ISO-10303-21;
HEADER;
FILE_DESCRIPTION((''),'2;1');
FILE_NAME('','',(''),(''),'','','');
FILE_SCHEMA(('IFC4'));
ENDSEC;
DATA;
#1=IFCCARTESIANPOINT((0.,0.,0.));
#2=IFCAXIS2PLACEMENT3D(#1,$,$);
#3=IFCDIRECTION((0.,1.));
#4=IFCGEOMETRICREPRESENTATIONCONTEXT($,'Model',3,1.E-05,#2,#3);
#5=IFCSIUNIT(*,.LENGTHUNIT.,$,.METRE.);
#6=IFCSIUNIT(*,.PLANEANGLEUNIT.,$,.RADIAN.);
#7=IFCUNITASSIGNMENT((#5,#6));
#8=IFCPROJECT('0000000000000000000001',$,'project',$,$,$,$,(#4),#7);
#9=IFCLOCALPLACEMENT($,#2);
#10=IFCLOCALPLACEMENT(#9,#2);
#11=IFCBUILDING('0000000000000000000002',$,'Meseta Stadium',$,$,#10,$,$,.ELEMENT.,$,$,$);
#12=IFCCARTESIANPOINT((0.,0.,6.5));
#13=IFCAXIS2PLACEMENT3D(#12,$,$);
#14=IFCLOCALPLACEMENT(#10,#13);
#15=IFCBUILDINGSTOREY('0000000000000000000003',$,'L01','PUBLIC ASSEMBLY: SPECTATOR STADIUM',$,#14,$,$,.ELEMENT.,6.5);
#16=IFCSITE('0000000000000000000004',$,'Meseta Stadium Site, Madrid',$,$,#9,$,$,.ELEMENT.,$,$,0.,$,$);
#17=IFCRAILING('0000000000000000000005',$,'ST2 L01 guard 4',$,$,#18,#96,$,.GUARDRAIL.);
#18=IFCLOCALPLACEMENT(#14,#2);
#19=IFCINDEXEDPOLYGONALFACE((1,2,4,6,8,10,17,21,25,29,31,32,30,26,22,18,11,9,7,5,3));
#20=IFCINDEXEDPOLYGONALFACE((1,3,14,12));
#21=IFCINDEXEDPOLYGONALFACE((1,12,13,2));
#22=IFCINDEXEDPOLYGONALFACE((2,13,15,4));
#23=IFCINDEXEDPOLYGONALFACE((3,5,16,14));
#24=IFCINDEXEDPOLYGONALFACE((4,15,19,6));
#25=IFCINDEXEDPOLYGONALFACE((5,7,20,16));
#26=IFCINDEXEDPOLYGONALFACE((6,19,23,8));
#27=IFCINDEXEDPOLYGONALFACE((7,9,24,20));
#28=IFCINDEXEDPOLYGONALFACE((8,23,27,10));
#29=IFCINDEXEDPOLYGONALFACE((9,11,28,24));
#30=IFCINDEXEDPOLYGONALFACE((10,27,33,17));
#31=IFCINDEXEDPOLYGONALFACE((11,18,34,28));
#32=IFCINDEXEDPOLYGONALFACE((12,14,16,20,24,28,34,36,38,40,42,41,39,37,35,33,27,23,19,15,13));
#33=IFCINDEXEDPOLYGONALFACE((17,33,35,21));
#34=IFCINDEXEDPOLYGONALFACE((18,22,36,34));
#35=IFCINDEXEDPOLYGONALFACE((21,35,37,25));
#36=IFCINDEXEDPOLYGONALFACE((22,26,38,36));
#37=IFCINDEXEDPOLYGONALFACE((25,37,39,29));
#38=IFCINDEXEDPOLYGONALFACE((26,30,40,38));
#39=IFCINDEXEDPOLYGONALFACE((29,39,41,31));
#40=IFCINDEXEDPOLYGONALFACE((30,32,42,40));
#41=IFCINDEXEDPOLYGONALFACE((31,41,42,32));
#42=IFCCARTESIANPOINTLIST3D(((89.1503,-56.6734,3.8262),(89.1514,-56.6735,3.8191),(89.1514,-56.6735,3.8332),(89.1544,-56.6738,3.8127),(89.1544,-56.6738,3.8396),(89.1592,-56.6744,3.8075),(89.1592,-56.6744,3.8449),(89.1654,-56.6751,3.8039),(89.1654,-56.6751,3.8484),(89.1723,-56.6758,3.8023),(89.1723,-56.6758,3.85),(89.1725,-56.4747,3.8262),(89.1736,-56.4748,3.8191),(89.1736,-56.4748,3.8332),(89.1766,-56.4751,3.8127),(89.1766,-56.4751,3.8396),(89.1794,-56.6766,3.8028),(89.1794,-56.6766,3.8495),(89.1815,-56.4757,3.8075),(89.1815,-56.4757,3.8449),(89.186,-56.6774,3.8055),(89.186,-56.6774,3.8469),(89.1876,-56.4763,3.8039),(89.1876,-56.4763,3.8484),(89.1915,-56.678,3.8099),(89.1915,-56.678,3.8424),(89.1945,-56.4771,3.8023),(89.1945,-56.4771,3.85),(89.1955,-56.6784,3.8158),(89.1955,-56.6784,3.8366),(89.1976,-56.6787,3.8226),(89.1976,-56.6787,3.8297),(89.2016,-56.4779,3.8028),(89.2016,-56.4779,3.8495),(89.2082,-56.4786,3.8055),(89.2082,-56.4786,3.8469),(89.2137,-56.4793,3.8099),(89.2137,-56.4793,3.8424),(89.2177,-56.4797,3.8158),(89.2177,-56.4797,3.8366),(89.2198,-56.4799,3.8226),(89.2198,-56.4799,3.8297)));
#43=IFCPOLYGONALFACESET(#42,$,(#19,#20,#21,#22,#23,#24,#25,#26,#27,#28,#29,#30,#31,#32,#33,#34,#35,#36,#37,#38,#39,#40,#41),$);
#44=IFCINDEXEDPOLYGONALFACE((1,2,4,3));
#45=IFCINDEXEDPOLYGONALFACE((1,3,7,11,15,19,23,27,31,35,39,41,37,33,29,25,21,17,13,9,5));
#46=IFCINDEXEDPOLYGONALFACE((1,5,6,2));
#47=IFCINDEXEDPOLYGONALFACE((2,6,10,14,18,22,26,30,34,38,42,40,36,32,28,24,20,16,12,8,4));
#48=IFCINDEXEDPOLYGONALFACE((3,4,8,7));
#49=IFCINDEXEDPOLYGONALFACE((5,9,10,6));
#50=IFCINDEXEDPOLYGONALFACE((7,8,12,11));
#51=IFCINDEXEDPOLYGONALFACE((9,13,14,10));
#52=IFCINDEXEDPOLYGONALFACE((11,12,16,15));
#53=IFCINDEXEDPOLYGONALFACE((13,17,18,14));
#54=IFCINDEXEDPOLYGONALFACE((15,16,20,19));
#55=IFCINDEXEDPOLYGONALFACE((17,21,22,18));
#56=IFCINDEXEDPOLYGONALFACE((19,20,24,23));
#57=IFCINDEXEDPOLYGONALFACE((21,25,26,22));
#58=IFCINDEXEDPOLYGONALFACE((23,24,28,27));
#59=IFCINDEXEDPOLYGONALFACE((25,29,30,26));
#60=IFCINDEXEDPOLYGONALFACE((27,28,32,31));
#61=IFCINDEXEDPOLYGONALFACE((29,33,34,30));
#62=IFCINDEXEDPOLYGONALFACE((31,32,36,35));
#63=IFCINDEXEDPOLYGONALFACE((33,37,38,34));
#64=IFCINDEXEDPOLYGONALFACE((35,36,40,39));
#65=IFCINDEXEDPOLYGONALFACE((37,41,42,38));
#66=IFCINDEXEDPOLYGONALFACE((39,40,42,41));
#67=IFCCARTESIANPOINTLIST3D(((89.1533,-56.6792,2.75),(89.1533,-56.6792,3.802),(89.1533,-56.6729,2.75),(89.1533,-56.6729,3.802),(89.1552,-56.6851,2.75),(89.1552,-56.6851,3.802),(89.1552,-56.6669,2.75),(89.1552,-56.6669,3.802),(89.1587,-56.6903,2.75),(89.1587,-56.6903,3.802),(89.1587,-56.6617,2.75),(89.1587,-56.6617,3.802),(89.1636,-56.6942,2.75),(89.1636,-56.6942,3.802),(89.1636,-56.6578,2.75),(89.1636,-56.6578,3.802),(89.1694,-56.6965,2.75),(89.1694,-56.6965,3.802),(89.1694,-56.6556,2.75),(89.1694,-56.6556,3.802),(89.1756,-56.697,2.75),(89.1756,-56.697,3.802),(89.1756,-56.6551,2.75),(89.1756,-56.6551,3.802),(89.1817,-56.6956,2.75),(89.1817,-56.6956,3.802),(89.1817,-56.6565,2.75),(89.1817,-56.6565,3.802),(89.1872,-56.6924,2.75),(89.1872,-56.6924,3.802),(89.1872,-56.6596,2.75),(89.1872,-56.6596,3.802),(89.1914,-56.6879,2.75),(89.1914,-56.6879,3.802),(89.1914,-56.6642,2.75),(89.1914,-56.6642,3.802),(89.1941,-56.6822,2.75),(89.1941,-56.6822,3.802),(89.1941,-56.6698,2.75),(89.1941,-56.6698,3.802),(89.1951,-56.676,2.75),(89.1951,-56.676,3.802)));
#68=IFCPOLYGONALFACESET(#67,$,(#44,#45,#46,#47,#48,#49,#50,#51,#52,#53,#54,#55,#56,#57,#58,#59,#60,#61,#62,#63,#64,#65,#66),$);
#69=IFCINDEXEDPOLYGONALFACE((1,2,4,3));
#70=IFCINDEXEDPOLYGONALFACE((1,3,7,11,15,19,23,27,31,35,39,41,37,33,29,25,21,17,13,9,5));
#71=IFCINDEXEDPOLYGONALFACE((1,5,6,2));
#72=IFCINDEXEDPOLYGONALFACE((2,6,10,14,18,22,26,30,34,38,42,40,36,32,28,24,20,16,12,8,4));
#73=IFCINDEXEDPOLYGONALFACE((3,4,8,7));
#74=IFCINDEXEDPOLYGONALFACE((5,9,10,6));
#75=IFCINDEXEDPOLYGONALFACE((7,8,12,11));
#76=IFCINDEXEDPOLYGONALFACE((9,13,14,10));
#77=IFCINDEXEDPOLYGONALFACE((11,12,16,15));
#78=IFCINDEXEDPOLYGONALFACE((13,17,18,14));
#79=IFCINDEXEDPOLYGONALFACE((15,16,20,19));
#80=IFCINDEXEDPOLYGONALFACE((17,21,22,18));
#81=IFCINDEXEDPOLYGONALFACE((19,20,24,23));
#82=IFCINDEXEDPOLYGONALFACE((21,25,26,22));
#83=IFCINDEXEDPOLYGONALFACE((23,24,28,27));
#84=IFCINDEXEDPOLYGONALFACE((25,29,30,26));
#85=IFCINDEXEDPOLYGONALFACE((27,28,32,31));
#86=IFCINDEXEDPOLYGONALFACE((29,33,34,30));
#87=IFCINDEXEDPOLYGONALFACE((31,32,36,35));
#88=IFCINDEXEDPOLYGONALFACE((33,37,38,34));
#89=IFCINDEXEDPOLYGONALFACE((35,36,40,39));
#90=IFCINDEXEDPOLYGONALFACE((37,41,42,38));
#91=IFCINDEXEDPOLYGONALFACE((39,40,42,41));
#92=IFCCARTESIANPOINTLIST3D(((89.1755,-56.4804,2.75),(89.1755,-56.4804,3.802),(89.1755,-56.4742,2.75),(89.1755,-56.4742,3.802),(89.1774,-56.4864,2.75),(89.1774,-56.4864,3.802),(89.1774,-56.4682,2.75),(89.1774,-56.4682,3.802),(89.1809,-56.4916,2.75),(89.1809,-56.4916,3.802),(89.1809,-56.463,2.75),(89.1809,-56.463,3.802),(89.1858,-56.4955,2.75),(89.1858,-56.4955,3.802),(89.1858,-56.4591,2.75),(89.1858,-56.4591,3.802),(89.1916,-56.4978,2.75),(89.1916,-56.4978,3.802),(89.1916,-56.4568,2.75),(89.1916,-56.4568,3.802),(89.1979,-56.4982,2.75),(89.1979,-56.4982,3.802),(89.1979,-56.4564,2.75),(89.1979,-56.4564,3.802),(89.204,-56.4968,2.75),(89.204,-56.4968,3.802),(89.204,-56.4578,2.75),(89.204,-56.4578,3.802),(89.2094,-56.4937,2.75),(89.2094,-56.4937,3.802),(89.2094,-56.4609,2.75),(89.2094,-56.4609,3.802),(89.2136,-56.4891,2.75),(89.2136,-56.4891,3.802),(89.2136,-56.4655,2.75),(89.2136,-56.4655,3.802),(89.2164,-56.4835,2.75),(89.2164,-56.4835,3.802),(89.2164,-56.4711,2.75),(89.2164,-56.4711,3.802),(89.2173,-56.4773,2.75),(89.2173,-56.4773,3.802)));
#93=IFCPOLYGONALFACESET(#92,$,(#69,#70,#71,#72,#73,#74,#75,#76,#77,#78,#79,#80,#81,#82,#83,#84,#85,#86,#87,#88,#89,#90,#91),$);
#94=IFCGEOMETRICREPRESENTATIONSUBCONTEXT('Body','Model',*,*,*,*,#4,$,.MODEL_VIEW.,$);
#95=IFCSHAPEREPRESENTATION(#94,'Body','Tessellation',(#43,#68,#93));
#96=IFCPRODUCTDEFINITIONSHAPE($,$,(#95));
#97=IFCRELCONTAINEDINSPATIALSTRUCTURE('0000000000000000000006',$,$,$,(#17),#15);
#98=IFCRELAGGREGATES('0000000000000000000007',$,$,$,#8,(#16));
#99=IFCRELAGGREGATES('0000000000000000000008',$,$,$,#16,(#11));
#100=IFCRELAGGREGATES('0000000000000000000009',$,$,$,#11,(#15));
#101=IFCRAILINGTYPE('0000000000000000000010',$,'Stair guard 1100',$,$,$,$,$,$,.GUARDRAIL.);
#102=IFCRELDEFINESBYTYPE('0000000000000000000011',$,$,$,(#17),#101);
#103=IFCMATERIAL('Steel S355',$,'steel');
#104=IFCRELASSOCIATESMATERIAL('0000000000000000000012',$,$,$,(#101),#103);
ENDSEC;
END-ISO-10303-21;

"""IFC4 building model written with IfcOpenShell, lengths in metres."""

from ifc_helpers import new_model, si_unit, direction, frame, origin, origin_2d, place, context, subcontext, project, spatial, circle, extrude, material, type_object, element, save


model = new_model("IFC4")

# Units and contexts
model_context = context("Model", 3, precision=1e-05, world=origin(), true_north=direction((0.0, 1.0)))
body_context = subcontext(model_context, "Body", "Model", "MODEL_VIEW")
ifc_project = project(units=[si_unit("LENGTHUNIT", "METRE"), si_unit("PLANEANGLEUNIT", "RADIAN")], contexts=[model_context])

# Site, building, storey
site_placement = place(None, origin())
site = spatial("IfcSite", under=ifc_project, at=site_placement, Name="Meseta Stadium Site, Madrid", CompositionType="ELEMENT", RefElevation=0.0)
building_placement = place(site_placement, origin())
building = spatial("IfcBuilding", under=site, at=building_placement, Name="Meseta Stadium", CompositionType="ELEMENT")
storey_placement = place(building_placement, frame((0.0, 0.0, 6.5)))
storey = spatial("IfcBuildingStorey", under=building, at=storey_placement, Name="L01", Description="PUBLIC ASSEMBLY: SPECTATOR STADIUM", CompositionType="ELEMENT", Elevation=6.5)

# Railing
ifc_material_1 = material(Name="Steel S355", Category="steel")
railing_type_1 = type_object("IfcRailingType", Name="Stair guard 1100", PredefinedType="GUARDRAIL", material=ifc_material_1)
railing_1_placement = place(storey_placement, frame((89.1741, -56.676, 2.75)))
element("IfcRailing", 1, at=railing_1_placement, inside=storey, type_object=railing_type_1, Name="ST2 L01 guard 4", PredefinedType="GUARDRAIL", context=body_context, shape_type="SweptSolid", body=[
    extrude(circle(Radius=0.0239, at=origin_2d()), frame((0.0, 0.0, 1.0762), z_axis=(0.111102, 0.993809, 0.0), x_axis=(-0.993809, 0.111102, 0.0)), (0.0, 0.0, 1.0), 0.2),
    extrude(circle(Radius=0.021, at=origin_2d()), origin(), (0.0, 0.0, 1.0), 1.052),
    extrude(circle(Radius=0.021, at=origin_2d()), frame((0.0222, 0.1987, 0.0)), (0.0, 0.0, 1.0), 1.052),
])

save(model, "model.ifc")
